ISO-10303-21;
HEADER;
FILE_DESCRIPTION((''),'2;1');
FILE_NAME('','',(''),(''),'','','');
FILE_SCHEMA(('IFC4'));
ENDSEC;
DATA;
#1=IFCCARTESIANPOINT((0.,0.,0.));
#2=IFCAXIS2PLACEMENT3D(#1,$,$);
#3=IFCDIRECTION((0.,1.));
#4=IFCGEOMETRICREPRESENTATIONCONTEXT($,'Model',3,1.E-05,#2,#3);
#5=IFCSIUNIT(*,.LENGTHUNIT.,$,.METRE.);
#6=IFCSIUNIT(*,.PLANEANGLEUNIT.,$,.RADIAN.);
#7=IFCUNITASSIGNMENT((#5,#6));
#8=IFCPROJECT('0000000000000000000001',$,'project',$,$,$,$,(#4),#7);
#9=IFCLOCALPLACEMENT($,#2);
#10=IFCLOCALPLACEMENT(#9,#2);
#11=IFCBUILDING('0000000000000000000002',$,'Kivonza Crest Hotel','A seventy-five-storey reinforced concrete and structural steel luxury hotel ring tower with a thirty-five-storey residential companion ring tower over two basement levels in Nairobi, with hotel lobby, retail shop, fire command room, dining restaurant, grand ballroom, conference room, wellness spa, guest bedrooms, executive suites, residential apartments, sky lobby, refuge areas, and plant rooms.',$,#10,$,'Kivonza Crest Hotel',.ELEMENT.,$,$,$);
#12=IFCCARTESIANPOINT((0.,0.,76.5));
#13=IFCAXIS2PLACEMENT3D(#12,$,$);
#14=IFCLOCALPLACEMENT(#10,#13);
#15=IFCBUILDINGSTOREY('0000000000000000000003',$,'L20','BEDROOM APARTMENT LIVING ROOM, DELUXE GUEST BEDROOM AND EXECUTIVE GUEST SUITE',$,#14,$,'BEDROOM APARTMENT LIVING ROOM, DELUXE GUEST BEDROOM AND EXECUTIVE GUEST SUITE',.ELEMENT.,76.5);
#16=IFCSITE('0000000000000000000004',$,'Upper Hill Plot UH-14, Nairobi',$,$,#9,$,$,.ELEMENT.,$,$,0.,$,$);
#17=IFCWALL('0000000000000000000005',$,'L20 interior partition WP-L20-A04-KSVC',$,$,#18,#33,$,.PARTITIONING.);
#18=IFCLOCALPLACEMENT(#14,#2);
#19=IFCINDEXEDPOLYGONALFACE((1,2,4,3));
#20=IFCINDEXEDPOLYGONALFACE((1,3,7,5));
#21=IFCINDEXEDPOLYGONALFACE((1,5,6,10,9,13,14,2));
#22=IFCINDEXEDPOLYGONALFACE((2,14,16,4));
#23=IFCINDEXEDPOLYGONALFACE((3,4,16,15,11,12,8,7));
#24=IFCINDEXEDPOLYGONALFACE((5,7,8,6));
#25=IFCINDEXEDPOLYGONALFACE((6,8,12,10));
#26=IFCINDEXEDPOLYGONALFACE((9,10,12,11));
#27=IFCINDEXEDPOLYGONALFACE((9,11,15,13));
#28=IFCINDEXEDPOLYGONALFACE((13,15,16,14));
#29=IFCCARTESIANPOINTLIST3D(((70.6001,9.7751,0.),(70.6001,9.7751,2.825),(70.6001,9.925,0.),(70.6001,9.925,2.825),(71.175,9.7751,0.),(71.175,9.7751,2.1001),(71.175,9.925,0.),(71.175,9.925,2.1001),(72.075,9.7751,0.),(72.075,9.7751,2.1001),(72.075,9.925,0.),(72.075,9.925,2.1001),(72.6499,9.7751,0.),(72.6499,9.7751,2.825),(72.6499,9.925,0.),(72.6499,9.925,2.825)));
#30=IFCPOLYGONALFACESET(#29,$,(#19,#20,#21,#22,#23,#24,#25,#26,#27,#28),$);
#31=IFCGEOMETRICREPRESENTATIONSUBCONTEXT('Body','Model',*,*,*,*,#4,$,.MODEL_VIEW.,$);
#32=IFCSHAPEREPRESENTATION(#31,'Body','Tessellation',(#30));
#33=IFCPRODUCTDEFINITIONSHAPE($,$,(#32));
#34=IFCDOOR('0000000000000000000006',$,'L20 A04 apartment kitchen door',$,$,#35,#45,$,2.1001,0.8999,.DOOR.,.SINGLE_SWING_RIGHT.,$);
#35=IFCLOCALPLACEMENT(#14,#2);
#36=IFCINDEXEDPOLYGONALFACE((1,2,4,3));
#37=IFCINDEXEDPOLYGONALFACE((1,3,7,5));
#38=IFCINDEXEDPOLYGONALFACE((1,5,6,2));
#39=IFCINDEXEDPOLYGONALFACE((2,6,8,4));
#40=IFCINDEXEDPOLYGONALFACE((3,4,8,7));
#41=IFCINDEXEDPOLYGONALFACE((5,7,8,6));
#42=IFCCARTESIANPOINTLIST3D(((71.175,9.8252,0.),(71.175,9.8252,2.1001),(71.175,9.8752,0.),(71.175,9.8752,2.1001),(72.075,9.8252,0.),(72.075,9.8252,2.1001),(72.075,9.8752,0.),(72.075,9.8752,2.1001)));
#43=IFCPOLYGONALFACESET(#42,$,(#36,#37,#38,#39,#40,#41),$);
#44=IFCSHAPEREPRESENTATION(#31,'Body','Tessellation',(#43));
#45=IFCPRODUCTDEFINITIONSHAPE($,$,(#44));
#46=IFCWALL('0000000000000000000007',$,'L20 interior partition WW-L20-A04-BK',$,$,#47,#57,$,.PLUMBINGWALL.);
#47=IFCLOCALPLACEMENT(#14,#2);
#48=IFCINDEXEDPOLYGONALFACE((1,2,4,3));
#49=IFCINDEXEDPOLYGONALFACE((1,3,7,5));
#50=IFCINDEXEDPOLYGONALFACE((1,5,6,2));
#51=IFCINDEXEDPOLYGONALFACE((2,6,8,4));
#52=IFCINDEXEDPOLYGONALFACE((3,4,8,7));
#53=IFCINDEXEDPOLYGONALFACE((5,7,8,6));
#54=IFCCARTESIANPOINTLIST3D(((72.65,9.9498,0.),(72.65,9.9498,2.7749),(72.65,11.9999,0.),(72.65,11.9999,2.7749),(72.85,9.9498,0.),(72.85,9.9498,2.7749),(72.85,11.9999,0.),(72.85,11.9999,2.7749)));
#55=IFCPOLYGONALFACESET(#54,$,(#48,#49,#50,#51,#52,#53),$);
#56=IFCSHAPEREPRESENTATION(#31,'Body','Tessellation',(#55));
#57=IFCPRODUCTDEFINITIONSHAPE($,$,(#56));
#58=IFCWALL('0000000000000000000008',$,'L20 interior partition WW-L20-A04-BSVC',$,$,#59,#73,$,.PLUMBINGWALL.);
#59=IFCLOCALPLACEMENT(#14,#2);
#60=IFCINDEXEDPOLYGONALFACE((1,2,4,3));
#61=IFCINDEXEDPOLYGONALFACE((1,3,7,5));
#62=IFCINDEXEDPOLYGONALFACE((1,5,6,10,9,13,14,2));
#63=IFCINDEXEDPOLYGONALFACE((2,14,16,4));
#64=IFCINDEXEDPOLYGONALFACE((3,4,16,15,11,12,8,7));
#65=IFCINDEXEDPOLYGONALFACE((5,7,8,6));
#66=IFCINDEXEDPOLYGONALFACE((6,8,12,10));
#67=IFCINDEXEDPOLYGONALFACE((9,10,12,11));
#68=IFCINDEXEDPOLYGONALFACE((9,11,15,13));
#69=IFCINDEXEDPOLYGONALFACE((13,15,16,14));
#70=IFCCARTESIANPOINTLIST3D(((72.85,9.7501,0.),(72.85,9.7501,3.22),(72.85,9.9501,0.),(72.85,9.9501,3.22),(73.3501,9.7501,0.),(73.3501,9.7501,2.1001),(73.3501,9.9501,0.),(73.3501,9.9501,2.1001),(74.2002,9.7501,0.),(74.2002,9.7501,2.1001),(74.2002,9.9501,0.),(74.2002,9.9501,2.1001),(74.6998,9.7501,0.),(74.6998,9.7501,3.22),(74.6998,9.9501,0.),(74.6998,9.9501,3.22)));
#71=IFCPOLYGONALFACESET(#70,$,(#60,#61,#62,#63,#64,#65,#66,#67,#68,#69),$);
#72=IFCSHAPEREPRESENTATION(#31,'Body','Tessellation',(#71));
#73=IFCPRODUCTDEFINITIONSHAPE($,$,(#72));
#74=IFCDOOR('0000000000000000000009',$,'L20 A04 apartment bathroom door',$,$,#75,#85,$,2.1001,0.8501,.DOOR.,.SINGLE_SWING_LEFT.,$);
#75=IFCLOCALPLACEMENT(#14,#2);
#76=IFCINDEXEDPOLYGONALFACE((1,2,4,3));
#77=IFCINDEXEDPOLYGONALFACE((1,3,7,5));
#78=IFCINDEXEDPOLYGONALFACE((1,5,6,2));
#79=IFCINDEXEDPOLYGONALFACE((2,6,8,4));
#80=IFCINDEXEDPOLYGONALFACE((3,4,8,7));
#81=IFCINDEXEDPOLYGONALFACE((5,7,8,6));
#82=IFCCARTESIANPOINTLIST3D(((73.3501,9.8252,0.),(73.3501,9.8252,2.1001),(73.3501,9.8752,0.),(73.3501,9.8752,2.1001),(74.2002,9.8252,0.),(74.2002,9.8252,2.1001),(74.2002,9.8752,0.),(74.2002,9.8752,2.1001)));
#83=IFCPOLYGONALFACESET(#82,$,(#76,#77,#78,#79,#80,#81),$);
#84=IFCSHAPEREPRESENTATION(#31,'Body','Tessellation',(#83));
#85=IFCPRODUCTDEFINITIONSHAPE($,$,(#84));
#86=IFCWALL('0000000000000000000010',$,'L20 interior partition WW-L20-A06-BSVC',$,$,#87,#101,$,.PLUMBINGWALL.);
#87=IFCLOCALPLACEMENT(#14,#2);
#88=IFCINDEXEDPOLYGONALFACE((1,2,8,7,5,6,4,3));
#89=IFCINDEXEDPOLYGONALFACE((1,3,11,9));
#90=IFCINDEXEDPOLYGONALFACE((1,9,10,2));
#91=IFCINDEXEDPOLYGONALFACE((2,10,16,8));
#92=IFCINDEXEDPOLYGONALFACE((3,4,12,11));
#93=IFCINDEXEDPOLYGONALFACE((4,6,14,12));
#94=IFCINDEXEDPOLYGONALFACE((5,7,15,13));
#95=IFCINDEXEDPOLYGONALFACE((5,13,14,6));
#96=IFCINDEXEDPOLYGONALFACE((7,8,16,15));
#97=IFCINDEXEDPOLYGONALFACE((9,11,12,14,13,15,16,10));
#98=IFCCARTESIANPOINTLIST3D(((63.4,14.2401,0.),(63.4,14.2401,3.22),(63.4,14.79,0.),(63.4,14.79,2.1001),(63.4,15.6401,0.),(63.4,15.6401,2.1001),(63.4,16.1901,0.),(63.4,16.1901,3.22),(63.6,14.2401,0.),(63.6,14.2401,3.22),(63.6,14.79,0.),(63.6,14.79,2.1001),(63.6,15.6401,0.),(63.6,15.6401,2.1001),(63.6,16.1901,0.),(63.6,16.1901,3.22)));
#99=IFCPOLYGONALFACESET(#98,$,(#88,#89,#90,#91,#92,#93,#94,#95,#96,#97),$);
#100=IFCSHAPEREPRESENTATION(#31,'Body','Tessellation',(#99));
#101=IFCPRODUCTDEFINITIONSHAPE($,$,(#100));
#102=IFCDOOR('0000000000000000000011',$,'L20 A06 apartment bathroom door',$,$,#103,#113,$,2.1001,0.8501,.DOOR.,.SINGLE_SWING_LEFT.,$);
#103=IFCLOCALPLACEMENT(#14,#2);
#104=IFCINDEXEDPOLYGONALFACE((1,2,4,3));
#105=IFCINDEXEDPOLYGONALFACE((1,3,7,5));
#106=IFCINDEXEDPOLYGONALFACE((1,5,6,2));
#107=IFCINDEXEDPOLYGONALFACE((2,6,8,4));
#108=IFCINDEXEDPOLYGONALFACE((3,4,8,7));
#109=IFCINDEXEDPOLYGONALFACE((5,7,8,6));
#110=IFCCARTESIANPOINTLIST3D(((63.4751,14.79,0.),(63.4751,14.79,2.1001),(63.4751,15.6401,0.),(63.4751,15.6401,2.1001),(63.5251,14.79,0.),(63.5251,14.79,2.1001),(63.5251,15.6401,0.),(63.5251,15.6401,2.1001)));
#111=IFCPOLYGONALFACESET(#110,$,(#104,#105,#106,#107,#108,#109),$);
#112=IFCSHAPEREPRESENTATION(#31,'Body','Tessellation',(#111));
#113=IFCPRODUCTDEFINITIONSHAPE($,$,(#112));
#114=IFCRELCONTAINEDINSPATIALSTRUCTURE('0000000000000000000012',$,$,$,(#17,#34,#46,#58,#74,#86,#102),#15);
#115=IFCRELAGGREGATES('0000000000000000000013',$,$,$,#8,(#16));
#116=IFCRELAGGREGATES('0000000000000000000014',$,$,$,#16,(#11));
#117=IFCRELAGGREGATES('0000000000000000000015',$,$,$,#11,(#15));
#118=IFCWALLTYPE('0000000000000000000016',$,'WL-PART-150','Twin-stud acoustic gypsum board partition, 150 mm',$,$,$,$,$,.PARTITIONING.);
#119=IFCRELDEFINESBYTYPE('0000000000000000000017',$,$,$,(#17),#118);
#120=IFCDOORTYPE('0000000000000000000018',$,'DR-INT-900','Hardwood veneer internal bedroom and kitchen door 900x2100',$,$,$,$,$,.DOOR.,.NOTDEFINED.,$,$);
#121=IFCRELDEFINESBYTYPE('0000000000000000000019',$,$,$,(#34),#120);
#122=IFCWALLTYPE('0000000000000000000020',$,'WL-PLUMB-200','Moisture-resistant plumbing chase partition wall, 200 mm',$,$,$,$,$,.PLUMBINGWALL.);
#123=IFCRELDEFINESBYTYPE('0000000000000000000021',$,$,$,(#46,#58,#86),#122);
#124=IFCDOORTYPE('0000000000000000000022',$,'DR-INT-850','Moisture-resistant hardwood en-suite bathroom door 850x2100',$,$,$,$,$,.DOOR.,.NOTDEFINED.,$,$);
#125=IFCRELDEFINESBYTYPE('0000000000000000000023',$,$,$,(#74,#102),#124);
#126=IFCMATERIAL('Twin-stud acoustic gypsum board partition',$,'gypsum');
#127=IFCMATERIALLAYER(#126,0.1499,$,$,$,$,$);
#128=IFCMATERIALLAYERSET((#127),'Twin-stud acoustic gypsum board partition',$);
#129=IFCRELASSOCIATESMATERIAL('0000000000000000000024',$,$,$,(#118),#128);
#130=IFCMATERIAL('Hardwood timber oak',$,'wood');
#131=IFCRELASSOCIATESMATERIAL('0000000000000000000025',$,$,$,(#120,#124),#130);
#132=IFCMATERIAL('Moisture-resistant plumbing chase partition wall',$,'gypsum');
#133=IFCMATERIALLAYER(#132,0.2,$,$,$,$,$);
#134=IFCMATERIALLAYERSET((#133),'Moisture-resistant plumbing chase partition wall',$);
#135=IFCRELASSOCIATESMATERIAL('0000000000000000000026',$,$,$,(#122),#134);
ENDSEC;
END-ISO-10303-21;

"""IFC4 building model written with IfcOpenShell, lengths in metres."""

from ifc_helpers import new_model, si_unit, direction, frame, frame_2d, origin, place, context, subcontext, project, spatial, rectangle, extrude, material, layer, layer_set, type_object, element, fill, save


model = new_model("IFC4")

# Units and contexts
model_context = context("Model", 3, precision=1e-05, world=origin(), true_north=direction((0.0, 1.0)))
body_context = subcontext(model_context, "Body", "Model", "MODEL_VIEW")
ifc_project = project(units=[si_unit("LENGTHUNIT", "METRE"), si_unit("PLANEANGLEUNIT", "RADIAN")], contexts=[model_context])

# Site, building, storey
site_placement = place(None, origin())
site = spatial("IfcSite", under=ifc_project, at=site_placement, Name="Upper Hill Plot UH-14, Nairobi", CompositionType="ELEMENT", RefElevation=0.0)
building_placement = place(site_placement, origin())
building = spatial("IfcBuilding", under=site, at=building_placement, Name="Kivonza Crest Hotel", Description="A seventy-five-storey reinforced concrete and structural steel luxury hotel ring tower with a thirty-five-storey residential companion ring tower over two basement levels in Nairobi, with hotel lobby, retail shop, fire command room, dining restaurant, grand ballroom, conference room, wellness spa, guest bedrooms, executive suites, residential apartments, sky lobby, refuge areas, and plant rooms.", LongName="Kivonza Crest Hotel", CompositionType="ELEMENT")
storey_placement = place(building_placement, frame((0.0, 0.0, 76.5)))
storey = spatial("IfcBuildingStorey", under=building, at=storey_placement, Name="L20", Description="BEDROOM APARTMENT LIVING ROOM, DELUXE GUEST BEDROOM AND EXECUTIVE GUEST SUITE", LongName="BEDROOM APARTMENT LIVING ROOM, DELUXE GUEST BEDROOM AND EXECUTIVE GUEST SUITE", CompositionType="ELEMENT", Elevation=76.5)

# Shared definitions
ifc_material_1 = material(Name="Hardwood timber oak", Category="wood")

# Shared definitions
ifc_material_2 = material(Name="Twin-stud acoustic gypsum board partition", Category="gypsum")
ifc_layer_1 = layer(ifc_material_2, 0.1499)
ifc_layer_set_1 = layer_set([ifc_layer_1], Name="Twin-stud acoustic gypsum board partition")
wall_type_1 = type_object("IfcWallType", Name="WL-PART-150", Description="Twin-stud acoustic gypsum board partition, 150 mm", PredefinedType="PARTITIONING", material=ifc_layer_set_1)

# Wall, opening, door
wall_1_placement = place(storey_placement, frame((70.6001, 9.8501, 0.0), z_axis=(0.0, 0.0, 1.0), x_axis=(1.0, 0.0, 0.0)))
wall_1 = element("IfcWall", 1, at=wall_1_placement, inside=storey, type_object=wall_type_1, Name="L20 interior partition WP-L20-A04-KSVC", PredefinedType="PARTITIONING", context=body_context, shape_type="SweptSolid", body=[
    extrude(rectangle(XDim=2.0498, YDim=0.1499, at=frame_2d((1.0249, 0.0))), origin(), (0.0, 0.0, 1.0), 2.825),
])
opening_1_placement = place(wall_1_placement, frame((0.575, 0.0, 0.0)))
opening_1 = element("IfcOpeningElement", 2, at=opening_1_placement, cuts=wall_1, PredefinedType="OPENING", context=body_context, shape_type="SweptSolid", body=[
    extrude(rectangle(XDim=0.8999, YDim=2.1001, at=frame_2d((0.45, 1.05))), frame((0.0, 0.085, 0.0), z_axis=(0.0, -1.0, 0.0), x_axis=(1.0, 0.0, 0.0)), (0.0, 0.0, 1.0), 0.1699),
])
door_type_1 = type_object("IfcDoorType", Name="DR-INT-900", Description="Hardwood veneer internal bedroom and kitchen door 900x2100", OperationType="NOTDEFINED", PredefinedType="DOOR", material=ifc_material_1)
door_1_placement = place(opening_1_placement, frame((0.8999, 0.0, 0.0), z_axis=(0.0, 0.0, 1.0), x_axis=(-1.0, 0.0, 0.0)))
door_1 = element("IfcDoor", 3, at=door_1_placement, inside=storey, type_object=door_type_1, Name="L20 A04 apartment kitchen door", OperationType="SINGLE_SWING_RIGHT", OverallHeight=2.1001, OverallWidth=0.8999, PredefinedType="DOOR", context=body_context, shape_type="SweptSolid", body=[
    extrude(rectangle(XDim=0.8999, YDim=2.1001, at=frame_2d((0.45, 1.05))), frame((0.0, 0.0249, 0.0), z_axis=(0.0, -1.0, 0.0), x_axis=(1.0, 0.0, 0.0)), (0.0, 0.0, 1.0), 0.05),
])
fill(opening_1, door_1)

# Wall
ifc_material_3 = material(Name="Moisture-resistant plumbing chase partition wall", Category="gypsum")
ifc_layer_2 = layer(ifc_material_3, 0.2)
ifc_layer_set_2 = layer_set([ifc_layer_2], Name="Moisture-resistant plumbing chase partition wall")
wall_type_2 = type_object("IfcWallType", Name="WL-PLUMB-200", Description="Moisture-resistant plumbing chase partition wall, 200 mm", PredefinedType="PLUMBINGWALL", material=ifc_layer_set_2)
wall_2_placement = place(storey_placement, frame((72.75, 9.95, 0.0), z_axis=(0.0, 0.0, 1.0), x_axis=(0.0, 1.0, 0.0)))
element("IfcWall", 4, at=wall_2_placement, inside=storey, type_object=wall_type_2, Name="L20 interior partition WW-L20-A04-BK", PredefinedType="PLUMBINGWALL", context=body_context, shape_type="SweptSolid", body=[
    extrude(rectangle(XDim=2.05, YDim=0.2, at=frame_2d((1.0249, 0.0))), origin(), (0.0, 0.0, 1.0), 2.7749),
])

# Walls, openings, doors
wall_3_placement = place(storey_placement, frame((72.8501, 9.8501, 0.0), z_axis=(0.0, 0.0, 1.0), x_axis=(1.0, 0.0, 0.0)))
wall_3 = element("IfcWall", 5, at=wall_3_placement, inside=storey, type_object=wall_type_2, Name="L20 interior partition WW-L20-A04-BSVC", PredefinedType="PLUMBINGWALL", context=body_context, shape_type="SweptSolid", body=[
    extrude(rectangle(XDim=1.8499, YDim=0.2, at=frame_2d((0.9248, 0.0))), origin(), (0.0, 0.0, 1.0), 3.22),
])
opening_2_placement = place(wall_3_placement, frame((0.5, 0.0, 0.0)))
opening_2 = element("IfcOpeningElement", 6, at=opening_2_placement, cuts=wall_3, PredefinedType="OPENING", context=body_context, shape_type="SweptSolid", body=[
    extrude(rectangle(XDim=0.8501, YDim=2.1001, at=frame_2d((0.425, 1.05))), frame((0.0, 0.1099, 0.0), z_axis=(0.0, -1.0, 0.0), x_axis=(1.0, 0.0, 0.0)), (0.0, 0.0, 1.0), 0.22),
])
door_type_2 = type_object("IfcDoorType", Name="DR-INT-850", Description="Moisture-resistant hardwood en-suite bathroom door 850x2100", OperationType="NOTDEFINED", PredefinedType="DOOR", material=ifc_material_1)
door_2_placement = place(opening_2_placement, frame((0.8501, 0.0, 0.0), z_axis=(0.0, 0.0, 1.0), x_axis=(-1.0, 0.0, 0.0)))
door_2 = element("IfcDoor", 7, at=door_2_placement, inside=storey, type_object=door_type_2, Name="L20 A04 apartment bathroom door", OperationType="SINGLE_SWING_LEFT", OverallHeight=2.1001, OverallWidth=0.8501, PredefinedType="DOOR", context=body_context, shape_type="SweptSolid", body=[
    extrude(rectangle(XDim=0.8501, YDim=2.1001, at=frame_2d((0.425, 1.05))), frame((0.0, 0.0249, 0.0), z_axis=(0.0, -1.0, 0.0), x_axis=(1.0, 0.0, 0.0)), (0.0, 0.0, 1.0), 0.05),
])
fill(opening_2, door_2)
wall_4_placement = place(storey_placement, frame((63.5, 14.24, 0.0), z_axis=(0.0, 0.0, 1.0), x_axis=(0.0, 1.0, 0.0)))
wall_4 = element("IfcWall", 8, at=wall_4_placement, inside=storey, type_object=wall_type_2, Name="L20 interior partition WW-L20-A06-BSVC", PredefinedType="PLUMBINGWALL", context=body_context, shape_type="SweptSolid", body=[
    extrude(rectangle(XDim=1.95, YDim=0.2, at=frame_2d((0.9751, 0.0))), origin(), (0.0, 0.0, 1.0), 3.22),
])
opening_3_placement = place(wall_4_placement, frame((0.55, 0.0, 0.0)))
opening_3 = element("IfcOpeningElement", 9, at=opening_3_placement, cuts=wall_4, PredefinedType="OPENING", context=body_context, shape_type="SweptSolid", body=[
    extrude(rectangle(XDim=0.8501, YDim=2.1001, at=frame_2d((0.425, 1.05))), frame((0.0, 0.1099, 0.0), z_axis=(0.0, -1.0, 0.0), x_axis=(1.0, 0.0, 0.0)), (0.0, 0.0, 1.0), 0.22),
])
door_3_placement = place(opening_3_placement, origin())
door_3 = element("IfcDoor", 10, at=door_3_placement, inside=storey, type_object=door_type_2, Name="L20 A06 apartment bathroom door", OperationType="SINGLE_SWING_LEFT", OverallHeight=2.1001, OverallWidth=0.8501, PredefinedType="DOOR", context=body_context, shape_type="SweptSolid", body=[
    extrude(rectangle(XDim=0.8501, YDim=2.1001, at=frame_2d((0.425, 1.05))), frame((0.0, 0.0249, 0.0), z_axis=(0.0, -1.0, 0.0), x_axis=(1.0, 0.0, 0.0)), (0.0, 0.0, 1.0), 0.05),
])
fill(opening_3, door_3)

save(model, "model.ifc")
